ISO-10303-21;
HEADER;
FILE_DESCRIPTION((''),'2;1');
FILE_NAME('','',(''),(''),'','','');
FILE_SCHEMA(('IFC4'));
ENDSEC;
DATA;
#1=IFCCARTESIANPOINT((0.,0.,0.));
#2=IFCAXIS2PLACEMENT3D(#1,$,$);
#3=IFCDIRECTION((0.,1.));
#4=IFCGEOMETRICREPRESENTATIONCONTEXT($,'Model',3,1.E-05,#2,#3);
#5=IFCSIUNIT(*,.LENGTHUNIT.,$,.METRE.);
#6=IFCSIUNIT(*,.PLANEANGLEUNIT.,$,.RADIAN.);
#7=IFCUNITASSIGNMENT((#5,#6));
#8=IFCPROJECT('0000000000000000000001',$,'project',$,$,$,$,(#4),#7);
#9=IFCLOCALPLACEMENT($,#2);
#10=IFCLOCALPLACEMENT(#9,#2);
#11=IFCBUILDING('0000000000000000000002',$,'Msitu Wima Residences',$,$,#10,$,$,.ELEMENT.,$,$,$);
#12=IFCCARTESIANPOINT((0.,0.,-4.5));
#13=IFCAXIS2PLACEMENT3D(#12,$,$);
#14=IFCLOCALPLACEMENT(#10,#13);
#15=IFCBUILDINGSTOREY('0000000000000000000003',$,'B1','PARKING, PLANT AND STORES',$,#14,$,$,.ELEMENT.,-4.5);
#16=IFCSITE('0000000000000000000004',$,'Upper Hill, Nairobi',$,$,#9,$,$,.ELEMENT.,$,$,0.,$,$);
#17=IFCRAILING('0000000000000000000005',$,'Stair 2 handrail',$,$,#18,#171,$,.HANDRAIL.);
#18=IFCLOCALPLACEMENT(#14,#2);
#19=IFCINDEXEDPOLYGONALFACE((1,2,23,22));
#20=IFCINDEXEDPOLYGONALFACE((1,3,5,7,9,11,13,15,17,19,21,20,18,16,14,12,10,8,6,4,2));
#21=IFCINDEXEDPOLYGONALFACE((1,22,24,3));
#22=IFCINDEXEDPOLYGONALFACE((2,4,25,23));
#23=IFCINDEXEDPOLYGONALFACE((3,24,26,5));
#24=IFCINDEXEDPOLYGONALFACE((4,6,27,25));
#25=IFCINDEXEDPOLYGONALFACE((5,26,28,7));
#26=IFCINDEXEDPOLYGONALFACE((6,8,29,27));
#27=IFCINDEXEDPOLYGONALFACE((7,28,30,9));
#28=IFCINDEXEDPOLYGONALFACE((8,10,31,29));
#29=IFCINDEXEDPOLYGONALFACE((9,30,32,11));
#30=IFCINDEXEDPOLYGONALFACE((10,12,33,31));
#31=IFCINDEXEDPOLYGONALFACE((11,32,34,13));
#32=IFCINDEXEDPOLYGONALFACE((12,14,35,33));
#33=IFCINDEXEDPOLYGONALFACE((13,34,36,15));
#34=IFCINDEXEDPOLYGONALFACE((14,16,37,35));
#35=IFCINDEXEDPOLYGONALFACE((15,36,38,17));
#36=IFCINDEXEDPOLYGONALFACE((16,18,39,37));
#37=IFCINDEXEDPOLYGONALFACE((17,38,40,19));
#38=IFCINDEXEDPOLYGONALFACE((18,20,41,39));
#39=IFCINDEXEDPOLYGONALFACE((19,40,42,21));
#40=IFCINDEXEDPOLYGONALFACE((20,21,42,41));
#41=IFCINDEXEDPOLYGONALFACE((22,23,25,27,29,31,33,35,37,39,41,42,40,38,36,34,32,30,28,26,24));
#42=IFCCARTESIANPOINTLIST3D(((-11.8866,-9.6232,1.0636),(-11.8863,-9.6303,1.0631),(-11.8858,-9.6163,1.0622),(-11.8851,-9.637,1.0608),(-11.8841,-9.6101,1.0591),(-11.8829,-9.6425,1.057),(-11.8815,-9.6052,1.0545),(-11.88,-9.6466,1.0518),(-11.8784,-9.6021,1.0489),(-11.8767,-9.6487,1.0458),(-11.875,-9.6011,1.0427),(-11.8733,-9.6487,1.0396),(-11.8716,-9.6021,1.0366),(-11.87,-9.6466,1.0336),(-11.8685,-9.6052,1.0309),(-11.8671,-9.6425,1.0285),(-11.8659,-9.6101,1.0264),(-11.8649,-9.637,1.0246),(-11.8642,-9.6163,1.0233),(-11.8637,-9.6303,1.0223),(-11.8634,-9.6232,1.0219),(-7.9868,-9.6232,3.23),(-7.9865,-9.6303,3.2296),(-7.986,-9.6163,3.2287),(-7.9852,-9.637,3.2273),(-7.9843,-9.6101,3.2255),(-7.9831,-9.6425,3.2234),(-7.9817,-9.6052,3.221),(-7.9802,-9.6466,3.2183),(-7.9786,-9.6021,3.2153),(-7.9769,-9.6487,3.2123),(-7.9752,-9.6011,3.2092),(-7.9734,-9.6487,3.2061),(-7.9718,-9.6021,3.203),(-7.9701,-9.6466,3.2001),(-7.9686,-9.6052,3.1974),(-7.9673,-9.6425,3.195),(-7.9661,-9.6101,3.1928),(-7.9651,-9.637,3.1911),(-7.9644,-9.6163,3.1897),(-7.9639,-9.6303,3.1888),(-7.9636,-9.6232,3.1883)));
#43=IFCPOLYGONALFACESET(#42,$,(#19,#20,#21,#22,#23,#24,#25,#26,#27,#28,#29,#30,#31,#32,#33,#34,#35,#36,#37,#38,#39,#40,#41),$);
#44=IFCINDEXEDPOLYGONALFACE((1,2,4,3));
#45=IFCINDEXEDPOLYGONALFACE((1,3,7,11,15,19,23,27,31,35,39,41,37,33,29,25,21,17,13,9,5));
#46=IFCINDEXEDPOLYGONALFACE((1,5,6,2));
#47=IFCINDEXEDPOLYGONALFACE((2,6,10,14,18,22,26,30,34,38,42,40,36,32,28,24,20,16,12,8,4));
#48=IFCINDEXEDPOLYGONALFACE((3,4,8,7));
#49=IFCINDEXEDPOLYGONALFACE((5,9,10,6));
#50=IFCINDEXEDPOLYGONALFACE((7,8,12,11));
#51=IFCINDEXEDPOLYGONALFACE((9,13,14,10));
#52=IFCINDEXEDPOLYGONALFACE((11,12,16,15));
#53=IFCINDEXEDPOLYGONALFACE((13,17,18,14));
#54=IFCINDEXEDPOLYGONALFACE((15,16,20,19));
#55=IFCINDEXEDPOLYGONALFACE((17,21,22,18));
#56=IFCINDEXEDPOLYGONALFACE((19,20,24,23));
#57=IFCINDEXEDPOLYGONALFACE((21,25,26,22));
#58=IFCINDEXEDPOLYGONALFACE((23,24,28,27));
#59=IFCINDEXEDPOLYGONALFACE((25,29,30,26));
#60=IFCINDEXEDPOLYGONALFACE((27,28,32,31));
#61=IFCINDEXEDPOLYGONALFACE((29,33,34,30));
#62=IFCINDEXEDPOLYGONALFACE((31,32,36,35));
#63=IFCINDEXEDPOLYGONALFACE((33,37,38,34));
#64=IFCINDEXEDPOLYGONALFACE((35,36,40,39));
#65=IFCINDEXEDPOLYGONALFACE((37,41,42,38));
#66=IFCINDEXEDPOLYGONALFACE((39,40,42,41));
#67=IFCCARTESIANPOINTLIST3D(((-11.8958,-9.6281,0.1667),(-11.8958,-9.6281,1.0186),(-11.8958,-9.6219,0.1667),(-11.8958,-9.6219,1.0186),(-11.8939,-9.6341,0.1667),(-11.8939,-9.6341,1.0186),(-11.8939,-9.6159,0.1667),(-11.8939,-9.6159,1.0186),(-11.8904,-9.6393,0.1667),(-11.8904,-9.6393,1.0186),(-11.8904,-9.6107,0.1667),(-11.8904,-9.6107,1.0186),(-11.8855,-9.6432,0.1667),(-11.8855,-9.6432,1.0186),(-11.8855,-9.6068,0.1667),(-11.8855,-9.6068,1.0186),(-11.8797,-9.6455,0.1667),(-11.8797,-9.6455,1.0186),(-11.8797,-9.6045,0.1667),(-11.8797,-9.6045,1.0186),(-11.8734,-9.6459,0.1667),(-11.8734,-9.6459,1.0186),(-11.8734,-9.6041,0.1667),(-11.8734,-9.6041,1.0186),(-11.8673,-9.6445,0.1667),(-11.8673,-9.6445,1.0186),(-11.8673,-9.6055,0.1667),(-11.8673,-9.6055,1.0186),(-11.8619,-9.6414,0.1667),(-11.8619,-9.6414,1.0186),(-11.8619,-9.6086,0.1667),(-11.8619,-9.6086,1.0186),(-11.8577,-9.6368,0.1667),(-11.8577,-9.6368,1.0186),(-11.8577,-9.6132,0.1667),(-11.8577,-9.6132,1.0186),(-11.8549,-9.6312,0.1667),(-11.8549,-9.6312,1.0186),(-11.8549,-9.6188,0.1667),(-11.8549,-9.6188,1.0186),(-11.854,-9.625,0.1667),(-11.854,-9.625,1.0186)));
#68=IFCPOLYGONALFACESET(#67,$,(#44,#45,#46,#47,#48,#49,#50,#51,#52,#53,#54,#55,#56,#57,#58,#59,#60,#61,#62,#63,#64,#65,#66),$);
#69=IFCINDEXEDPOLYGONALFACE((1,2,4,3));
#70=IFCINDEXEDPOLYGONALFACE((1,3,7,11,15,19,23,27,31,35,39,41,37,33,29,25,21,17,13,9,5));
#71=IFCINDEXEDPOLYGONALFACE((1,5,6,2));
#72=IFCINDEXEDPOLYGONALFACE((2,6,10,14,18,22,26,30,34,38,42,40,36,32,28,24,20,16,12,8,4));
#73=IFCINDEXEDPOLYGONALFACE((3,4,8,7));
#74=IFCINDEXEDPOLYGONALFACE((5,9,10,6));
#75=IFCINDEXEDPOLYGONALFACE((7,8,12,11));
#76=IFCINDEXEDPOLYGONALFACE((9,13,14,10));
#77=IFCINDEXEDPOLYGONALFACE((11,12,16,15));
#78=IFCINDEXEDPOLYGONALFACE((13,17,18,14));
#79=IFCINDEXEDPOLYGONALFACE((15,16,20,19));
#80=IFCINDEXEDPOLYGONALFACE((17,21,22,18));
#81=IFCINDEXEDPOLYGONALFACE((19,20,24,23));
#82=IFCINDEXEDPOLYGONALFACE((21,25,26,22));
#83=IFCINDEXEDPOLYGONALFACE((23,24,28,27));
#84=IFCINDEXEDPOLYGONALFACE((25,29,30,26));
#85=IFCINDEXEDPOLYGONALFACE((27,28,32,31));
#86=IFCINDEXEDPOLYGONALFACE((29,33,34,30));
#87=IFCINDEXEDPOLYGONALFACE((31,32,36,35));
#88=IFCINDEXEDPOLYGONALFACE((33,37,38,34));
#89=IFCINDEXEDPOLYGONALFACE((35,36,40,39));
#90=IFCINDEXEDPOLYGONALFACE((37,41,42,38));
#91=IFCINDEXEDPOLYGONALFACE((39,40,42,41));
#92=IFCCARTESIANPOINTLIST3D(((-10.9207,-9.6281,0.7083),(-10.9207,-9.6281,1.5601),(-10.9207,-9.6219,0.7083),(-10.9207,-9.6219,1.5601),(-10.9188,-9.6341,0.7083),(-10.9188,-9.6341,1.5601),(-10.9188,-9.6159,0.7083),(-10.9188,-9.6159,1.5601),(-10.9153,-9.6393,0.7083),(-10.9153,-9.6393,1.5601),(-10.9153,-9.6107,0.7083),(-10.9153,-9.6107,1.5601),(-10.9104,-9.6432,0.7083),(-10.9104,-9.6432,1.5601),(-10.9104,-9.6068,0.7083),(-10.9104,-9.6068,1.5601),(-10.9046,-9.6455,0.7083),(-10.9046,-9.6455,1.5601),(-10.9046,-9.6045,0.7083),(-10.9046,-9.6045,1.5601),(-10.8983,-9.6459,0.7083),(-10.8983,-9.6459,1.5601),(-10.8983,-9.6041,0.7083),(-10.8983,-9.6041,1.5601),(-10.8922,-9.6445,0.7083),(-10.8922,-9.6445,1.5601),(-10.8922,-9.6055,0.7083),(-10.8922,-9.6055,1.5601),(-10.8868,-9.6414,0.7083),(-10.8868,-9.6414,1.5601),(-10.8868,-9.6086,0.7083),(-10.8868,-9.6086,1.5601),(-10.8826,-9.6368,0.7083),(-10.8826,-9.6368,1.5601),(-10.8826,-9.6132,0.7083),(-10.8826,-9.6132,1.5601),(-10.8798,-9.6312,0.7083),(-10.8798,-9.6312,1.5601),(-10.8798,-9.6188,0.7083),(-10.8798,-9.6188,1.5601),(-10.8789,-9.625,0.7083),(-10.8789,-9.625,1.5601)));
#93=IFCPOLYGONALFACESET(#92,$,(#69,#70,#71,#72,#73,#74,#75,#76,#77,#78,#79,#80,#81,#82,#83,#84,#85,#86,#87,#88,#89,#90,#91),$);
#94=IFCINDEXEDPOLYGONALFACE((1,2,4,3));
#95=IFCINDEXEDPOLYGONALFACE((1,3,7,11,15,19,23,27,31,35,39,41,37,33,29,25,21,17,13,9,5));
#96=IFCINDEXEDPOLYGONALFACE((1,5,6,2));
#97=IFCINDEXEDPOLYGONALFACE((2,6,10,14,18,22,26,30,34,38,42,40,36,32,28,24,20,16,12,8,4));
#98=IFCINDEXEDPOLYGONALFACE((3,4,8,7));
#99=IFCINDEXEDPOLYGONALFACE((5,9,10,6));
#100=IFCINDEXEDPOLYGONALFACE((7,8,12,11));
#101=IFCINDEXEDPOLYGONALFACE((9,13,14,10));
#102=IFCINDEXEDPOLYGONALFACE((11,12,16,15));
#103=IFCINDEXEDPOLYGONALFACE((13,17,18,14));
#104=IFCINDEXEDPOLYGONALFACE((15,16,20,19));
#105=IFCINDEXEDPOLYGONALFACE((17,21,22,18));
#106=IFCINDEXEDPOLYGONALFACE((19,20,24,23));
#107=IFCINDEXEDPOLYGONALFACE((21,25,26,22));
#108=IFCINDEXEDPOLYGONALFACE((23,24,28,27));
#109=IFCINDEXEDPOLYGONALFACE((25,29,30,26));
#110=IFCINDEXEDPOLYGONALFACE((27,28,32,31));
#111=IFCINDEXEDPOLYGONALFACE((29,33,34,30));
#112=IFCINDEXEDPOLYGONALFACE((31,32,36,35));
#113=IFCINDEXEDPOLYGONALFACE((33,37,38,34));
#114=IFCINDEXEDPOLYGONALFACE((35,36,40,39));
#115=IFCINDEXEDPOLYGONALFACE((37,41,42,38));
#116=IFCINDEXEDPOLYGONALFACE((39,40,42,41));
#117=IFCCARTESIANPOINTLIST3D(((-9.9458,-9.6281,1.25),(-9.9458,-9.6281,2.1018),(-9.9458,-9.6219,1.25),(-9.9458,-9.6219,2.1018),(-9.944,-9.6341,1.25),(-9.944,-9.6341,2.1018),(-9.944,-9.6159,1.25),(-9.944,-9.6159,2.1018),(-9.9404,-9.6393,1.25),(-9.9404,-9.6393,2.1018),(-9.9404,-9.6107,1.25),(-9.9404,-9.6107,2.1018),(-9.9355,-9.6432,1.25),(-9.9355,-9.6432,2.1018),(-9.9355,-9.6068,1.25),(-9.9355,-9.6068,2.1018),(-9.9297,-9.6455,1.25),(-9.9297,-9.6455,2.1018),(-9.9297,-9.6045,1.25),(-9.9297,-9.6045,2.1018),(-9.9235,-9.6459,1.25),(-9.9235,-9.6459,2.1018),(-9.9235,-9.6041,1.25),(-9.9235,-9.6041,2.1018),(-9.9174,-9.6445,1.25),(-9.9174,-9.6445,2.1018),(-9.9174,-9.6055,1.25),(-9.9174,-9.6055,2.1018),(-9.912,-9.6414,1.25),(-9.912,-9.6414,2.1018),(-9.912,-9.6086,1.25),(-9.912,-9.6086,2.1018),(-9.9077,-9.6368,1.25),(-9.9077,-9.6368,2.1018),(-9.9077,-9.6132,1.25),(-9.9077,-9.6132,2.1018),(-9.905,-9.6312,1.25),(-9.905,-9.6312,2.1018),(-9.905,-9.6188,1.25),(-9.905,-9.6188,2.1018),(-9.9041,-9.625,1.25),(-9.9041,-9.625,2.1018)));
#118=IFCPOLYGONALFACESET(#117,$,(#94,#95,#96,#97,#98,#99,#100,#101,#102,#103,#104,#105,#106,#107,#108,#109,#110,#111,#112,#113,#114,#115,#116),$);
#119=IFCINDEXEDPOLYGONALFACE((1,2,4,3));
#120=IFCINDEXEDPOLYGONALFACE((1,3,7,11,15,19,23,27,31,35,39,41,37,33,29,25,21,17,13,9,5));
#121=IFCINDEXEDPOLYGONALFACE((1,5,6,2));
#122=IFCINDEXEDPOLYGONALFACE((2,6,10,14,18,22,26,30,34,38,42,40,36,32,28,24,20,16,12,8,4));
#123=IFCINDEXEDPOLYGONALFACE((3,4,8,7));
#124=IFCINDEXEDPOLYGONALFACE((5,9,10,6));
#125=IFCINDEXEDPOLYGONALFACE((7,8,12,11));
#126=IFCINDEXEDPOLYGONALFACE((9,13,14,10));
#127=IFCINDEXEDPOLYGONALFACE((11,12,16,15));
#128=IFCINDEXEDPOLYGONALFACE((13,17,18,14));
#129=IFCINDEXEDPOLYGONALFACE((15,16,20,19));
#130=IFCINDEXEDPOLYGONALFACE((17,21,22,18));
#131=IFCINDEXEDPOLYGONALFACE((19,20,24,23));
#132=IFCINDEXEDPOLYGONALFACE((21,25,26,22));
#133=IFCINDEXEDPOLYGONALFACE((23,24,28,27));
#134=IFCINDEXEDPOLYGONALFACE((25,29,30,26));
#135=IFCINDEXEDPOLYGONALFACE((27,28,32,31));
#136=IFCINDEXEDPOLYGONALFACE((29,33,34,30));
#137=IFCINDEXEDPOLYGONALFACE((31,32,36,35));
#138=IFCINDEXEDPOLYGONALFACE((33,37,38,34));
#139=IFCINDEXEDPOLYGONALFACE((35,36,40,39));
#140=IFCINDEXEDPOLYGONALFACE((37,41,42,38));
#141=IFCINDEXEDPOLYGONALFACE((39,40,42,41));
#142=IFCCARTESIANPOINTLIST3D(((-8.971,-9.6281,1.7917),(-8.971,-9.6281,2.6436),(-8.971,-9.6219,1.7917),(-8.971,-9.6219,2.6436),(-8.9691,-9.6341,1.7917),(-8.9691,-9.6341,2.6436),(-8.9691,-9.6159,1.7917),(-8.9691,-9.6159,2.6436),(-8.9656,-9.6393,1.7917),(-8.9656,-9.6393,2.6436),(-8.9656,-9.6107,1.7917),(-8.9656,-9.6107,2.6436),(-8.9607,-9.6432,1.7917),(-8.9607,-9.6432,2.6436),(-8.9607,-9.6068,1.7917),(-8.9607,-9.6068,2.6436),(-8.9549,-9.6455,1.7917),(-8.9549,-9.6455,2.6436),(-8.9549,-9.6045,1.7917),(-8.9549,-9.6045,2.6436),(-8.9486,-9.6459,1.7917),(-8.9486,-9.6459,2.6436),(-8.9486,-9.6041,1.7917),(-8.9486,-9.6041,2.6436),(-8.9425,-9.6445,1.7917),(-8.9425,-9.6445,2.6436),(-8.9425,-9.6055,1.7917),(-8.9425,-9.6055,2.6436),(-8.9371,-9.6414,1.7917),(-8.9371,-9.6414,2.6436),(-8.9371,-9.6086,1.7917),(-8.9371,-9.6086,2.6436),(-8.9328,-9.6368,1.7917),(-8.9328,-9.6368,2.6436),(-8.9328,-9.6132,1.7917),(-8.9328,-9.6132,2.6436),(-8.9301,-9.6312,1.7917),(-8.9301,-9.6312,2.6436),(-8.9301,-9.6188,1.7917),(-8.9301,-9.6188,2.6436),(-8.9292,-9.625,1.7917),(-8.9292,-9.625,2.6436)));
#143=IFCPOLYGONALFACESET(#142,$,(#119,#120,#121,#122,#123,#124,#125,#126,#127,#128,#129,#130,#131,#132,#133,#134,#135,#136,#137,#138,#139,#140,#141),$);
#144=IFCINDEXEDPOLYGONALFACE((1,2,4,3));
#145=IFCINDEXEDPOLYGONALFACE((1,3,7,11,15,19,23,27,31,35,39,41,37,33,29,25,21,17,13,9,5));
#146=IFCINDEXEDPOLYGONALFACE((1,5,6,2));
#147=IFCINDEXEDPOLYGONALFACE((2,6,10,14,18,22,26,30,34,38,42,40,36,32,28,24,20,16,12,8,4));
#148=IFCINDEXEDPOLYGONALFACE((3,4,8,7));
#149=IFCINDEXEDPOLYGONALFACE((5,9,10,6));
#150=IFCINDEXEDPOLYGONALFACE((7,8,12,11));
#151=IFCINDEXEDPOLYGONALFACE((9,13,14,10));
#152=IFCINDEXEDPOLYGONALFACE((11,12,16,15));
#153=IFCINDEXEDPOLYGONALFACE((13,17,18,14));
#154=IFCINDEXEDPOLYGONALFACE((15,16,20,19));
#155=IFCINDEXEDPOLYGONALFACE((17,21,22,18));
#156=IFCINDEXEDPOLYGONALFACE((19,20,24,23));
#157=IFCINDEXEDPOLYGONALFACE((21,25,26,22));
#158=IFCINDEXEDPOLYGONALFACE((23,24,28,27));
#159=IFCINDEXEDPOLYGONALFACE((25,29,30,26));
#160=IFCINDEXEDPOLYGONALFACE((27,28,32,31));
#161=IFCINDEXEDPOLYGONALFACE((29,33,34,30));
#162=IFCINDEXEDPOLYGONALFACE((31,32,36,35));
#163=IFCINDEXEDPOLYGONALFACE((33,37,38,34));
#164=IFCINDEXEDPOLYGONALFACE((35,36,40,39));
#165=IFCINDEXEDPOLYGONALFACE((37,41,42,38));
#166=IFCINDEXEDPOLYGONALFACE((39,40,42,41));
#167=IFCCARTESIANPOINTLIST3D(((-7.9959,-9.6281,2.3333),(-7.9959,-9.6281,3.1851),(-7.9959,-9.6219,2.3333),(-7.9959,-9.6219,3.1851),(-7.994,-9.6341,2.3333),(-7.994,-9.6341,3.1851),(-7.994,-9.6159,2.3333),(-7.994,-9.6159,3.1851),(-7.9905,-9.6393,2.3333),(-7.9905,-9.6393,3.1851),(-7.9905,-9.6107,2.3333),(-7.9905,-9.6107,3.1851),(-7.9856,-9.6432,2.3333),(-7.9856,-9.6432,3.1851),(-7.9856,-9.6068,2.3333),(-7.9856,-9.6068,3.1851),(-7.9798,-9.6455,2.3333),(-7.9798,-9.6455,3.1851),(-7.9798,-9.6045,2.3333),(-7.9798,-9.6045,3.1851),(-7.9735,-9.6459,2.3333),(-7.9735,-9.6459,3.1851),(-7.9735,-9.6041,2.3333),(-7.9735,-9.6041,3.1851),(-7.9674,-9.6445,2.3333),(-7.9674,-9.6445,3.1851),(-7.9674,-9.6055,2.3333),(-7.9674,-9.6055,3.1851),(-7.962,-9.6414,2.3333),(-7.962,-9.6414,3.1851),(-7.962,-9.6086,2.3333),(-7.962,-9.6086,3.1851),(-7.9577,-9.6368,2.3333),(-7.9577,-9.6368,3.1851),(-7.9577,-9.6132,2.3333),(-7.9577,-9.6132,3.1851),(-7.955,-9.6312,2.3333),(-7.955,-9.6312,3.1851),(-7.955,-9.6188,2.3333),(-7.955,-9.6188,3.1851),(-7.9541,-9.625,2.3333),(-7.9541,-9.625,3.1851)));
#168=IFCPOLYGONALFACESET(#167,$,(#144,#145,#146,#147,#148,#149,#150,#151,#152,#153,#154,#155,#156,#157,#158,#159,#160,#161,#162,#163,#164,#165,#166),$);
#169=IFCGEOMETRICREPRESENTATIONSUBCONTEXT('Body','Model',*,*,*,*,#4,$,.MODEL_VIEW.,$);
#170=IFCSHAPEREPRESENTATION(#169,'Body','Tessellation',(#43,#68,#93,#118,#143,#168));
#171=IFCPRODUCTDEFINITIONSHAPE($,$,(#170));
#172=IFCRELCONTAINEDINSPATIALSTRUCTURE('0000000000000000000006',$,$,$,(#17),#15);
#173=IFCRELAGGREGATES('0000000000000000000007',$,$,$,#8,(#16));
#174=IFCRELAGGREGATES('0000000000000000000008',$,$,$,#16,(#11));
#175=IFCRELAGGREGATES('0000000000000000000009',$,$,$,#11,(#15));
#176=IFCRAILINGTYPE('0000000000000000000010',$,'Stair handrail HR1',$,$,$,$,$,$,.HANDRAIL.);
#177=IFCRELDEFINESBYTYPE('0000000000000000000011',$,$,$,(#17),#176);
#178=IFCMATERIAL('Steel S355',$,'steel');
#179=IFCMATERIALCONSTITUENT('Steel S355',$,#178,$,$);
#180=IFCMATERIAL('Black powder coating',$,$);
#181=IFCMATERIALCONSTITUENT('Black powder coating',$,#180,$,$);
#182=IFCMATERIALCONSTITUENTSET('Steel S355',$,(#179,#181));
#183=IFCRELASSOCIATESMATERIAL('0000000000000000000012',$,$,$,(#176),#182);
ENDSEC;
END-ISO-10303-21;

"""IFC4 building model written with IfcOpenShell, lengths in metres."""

from ifc_helpers import new_model, si_unit, direction, frame, origin, origin_2d, place, context, subcontext, project, spatial, circle, extrude, material, constituent, constituent_set, type_object, element, save


model = new_model("IFC4")

# Units and contexts
model_context = context("Model", 3, precision=1e-05, world=origin(), true_north=direction((0.0, 1.0)))
body_context = subcontext(model_context, "Body", "Model", "MODEL_VIEW")
ifc_project = project(units=[si_unit("LENGTHUNIT", "METRE"), si_unit("PLANEANGLEUNIT", "RADIAN")], contexts=[model_context])

# Site, building, storey
site_placement = place(None, origin())
site = spatial("IfcSite", under=ifc_project, at=site_placement, Name="Upper Hill, Nairobi", CompositionType="ELEMENT", RefElevation=0.0)
building_placement = place(site_placement, origin())
building = spatial("IfcBuilding", under=site, at=building_placement, Name="Msitu Wima Residences", CompositionType="ELEMENT")
storey_placement = place(building_placement, frame((0.0, 0.0, -4.5)))
storey = spatial("IfcBuildingStorey", under=building, at=storey_placement, Name="B1", Description="PARKING, PLANT AND STORES", CompositionType="ELEMENT", Elevation=-4.5)

# Railing
ifc_material_1 = material(Name="Steel S355", Category="steel")
ifc_constituent_1 = constituent(ifc_material_1, Name="Steel S355")
ifc_material_2 = material(Name="Black powder coating")
ifc_constituent_2 = constituent(ifc_material_2, Name="Black powder coating")
ifc_constituent_set = constituent_set(constituents=[ifc_constituent_1, ifc_constituent_2], Name="Steel S355")
railing_type = type_object("IfcRailingType", Name="Stair handrail HR1", PredefinedType="HANDRAIL", material=ifc_constituent_set)
for number, where, name in (
    (1, (-11.875, -9.625, 0.1667), "Stair 2 handrail"),
):
    element("IfcRailing", number, at=place(storey_placement, frame(where)), inside=storey, type_object=railing_type, Name=name, PredefinedType="HANDRAIL", context=body_context, shape_type="SweptSolid", body=[
        extrude(circle(Radius=0.0239, at=origin_2d()), frame((0.0, 0.0, 0.876), z_axis=(0.874168, 0.0, 0.485624), x_axis=(0.0, 1.0, 0.0)), (0.0, 0.0, 1.0), 4.4612),
        extrude(circle(Radius=0.021, at=origin_2d()), origin(), (0.0, 0.0, 1.0), 0.8518),
        extrude(circle(Radius=0.021, at=origin_2d()), frame((0.9751, 0.0, 0.5415)), (0.0, 0.0, 1.0), 0.8518),
        extrude(circle(Radius=0.021, at=origin_2d()), frame((1.95, 0.0, 1.0833)), (0.0, 0.0, 1.0), 0.8518),
        extrude(circle(Radius=0.021, at=origin_2d()), frame((2.9248, 0.0, 1.625)), (0.0, 0.0, 1.0), 0.8518),
        extrude(circle(Radius=0.021, at=origin_2d()), frame((3.8999, 0.0, 2.1665)), (0.0, 0.0, 1.0), 0.8518),
    ])

save(model, "model.ifc")
